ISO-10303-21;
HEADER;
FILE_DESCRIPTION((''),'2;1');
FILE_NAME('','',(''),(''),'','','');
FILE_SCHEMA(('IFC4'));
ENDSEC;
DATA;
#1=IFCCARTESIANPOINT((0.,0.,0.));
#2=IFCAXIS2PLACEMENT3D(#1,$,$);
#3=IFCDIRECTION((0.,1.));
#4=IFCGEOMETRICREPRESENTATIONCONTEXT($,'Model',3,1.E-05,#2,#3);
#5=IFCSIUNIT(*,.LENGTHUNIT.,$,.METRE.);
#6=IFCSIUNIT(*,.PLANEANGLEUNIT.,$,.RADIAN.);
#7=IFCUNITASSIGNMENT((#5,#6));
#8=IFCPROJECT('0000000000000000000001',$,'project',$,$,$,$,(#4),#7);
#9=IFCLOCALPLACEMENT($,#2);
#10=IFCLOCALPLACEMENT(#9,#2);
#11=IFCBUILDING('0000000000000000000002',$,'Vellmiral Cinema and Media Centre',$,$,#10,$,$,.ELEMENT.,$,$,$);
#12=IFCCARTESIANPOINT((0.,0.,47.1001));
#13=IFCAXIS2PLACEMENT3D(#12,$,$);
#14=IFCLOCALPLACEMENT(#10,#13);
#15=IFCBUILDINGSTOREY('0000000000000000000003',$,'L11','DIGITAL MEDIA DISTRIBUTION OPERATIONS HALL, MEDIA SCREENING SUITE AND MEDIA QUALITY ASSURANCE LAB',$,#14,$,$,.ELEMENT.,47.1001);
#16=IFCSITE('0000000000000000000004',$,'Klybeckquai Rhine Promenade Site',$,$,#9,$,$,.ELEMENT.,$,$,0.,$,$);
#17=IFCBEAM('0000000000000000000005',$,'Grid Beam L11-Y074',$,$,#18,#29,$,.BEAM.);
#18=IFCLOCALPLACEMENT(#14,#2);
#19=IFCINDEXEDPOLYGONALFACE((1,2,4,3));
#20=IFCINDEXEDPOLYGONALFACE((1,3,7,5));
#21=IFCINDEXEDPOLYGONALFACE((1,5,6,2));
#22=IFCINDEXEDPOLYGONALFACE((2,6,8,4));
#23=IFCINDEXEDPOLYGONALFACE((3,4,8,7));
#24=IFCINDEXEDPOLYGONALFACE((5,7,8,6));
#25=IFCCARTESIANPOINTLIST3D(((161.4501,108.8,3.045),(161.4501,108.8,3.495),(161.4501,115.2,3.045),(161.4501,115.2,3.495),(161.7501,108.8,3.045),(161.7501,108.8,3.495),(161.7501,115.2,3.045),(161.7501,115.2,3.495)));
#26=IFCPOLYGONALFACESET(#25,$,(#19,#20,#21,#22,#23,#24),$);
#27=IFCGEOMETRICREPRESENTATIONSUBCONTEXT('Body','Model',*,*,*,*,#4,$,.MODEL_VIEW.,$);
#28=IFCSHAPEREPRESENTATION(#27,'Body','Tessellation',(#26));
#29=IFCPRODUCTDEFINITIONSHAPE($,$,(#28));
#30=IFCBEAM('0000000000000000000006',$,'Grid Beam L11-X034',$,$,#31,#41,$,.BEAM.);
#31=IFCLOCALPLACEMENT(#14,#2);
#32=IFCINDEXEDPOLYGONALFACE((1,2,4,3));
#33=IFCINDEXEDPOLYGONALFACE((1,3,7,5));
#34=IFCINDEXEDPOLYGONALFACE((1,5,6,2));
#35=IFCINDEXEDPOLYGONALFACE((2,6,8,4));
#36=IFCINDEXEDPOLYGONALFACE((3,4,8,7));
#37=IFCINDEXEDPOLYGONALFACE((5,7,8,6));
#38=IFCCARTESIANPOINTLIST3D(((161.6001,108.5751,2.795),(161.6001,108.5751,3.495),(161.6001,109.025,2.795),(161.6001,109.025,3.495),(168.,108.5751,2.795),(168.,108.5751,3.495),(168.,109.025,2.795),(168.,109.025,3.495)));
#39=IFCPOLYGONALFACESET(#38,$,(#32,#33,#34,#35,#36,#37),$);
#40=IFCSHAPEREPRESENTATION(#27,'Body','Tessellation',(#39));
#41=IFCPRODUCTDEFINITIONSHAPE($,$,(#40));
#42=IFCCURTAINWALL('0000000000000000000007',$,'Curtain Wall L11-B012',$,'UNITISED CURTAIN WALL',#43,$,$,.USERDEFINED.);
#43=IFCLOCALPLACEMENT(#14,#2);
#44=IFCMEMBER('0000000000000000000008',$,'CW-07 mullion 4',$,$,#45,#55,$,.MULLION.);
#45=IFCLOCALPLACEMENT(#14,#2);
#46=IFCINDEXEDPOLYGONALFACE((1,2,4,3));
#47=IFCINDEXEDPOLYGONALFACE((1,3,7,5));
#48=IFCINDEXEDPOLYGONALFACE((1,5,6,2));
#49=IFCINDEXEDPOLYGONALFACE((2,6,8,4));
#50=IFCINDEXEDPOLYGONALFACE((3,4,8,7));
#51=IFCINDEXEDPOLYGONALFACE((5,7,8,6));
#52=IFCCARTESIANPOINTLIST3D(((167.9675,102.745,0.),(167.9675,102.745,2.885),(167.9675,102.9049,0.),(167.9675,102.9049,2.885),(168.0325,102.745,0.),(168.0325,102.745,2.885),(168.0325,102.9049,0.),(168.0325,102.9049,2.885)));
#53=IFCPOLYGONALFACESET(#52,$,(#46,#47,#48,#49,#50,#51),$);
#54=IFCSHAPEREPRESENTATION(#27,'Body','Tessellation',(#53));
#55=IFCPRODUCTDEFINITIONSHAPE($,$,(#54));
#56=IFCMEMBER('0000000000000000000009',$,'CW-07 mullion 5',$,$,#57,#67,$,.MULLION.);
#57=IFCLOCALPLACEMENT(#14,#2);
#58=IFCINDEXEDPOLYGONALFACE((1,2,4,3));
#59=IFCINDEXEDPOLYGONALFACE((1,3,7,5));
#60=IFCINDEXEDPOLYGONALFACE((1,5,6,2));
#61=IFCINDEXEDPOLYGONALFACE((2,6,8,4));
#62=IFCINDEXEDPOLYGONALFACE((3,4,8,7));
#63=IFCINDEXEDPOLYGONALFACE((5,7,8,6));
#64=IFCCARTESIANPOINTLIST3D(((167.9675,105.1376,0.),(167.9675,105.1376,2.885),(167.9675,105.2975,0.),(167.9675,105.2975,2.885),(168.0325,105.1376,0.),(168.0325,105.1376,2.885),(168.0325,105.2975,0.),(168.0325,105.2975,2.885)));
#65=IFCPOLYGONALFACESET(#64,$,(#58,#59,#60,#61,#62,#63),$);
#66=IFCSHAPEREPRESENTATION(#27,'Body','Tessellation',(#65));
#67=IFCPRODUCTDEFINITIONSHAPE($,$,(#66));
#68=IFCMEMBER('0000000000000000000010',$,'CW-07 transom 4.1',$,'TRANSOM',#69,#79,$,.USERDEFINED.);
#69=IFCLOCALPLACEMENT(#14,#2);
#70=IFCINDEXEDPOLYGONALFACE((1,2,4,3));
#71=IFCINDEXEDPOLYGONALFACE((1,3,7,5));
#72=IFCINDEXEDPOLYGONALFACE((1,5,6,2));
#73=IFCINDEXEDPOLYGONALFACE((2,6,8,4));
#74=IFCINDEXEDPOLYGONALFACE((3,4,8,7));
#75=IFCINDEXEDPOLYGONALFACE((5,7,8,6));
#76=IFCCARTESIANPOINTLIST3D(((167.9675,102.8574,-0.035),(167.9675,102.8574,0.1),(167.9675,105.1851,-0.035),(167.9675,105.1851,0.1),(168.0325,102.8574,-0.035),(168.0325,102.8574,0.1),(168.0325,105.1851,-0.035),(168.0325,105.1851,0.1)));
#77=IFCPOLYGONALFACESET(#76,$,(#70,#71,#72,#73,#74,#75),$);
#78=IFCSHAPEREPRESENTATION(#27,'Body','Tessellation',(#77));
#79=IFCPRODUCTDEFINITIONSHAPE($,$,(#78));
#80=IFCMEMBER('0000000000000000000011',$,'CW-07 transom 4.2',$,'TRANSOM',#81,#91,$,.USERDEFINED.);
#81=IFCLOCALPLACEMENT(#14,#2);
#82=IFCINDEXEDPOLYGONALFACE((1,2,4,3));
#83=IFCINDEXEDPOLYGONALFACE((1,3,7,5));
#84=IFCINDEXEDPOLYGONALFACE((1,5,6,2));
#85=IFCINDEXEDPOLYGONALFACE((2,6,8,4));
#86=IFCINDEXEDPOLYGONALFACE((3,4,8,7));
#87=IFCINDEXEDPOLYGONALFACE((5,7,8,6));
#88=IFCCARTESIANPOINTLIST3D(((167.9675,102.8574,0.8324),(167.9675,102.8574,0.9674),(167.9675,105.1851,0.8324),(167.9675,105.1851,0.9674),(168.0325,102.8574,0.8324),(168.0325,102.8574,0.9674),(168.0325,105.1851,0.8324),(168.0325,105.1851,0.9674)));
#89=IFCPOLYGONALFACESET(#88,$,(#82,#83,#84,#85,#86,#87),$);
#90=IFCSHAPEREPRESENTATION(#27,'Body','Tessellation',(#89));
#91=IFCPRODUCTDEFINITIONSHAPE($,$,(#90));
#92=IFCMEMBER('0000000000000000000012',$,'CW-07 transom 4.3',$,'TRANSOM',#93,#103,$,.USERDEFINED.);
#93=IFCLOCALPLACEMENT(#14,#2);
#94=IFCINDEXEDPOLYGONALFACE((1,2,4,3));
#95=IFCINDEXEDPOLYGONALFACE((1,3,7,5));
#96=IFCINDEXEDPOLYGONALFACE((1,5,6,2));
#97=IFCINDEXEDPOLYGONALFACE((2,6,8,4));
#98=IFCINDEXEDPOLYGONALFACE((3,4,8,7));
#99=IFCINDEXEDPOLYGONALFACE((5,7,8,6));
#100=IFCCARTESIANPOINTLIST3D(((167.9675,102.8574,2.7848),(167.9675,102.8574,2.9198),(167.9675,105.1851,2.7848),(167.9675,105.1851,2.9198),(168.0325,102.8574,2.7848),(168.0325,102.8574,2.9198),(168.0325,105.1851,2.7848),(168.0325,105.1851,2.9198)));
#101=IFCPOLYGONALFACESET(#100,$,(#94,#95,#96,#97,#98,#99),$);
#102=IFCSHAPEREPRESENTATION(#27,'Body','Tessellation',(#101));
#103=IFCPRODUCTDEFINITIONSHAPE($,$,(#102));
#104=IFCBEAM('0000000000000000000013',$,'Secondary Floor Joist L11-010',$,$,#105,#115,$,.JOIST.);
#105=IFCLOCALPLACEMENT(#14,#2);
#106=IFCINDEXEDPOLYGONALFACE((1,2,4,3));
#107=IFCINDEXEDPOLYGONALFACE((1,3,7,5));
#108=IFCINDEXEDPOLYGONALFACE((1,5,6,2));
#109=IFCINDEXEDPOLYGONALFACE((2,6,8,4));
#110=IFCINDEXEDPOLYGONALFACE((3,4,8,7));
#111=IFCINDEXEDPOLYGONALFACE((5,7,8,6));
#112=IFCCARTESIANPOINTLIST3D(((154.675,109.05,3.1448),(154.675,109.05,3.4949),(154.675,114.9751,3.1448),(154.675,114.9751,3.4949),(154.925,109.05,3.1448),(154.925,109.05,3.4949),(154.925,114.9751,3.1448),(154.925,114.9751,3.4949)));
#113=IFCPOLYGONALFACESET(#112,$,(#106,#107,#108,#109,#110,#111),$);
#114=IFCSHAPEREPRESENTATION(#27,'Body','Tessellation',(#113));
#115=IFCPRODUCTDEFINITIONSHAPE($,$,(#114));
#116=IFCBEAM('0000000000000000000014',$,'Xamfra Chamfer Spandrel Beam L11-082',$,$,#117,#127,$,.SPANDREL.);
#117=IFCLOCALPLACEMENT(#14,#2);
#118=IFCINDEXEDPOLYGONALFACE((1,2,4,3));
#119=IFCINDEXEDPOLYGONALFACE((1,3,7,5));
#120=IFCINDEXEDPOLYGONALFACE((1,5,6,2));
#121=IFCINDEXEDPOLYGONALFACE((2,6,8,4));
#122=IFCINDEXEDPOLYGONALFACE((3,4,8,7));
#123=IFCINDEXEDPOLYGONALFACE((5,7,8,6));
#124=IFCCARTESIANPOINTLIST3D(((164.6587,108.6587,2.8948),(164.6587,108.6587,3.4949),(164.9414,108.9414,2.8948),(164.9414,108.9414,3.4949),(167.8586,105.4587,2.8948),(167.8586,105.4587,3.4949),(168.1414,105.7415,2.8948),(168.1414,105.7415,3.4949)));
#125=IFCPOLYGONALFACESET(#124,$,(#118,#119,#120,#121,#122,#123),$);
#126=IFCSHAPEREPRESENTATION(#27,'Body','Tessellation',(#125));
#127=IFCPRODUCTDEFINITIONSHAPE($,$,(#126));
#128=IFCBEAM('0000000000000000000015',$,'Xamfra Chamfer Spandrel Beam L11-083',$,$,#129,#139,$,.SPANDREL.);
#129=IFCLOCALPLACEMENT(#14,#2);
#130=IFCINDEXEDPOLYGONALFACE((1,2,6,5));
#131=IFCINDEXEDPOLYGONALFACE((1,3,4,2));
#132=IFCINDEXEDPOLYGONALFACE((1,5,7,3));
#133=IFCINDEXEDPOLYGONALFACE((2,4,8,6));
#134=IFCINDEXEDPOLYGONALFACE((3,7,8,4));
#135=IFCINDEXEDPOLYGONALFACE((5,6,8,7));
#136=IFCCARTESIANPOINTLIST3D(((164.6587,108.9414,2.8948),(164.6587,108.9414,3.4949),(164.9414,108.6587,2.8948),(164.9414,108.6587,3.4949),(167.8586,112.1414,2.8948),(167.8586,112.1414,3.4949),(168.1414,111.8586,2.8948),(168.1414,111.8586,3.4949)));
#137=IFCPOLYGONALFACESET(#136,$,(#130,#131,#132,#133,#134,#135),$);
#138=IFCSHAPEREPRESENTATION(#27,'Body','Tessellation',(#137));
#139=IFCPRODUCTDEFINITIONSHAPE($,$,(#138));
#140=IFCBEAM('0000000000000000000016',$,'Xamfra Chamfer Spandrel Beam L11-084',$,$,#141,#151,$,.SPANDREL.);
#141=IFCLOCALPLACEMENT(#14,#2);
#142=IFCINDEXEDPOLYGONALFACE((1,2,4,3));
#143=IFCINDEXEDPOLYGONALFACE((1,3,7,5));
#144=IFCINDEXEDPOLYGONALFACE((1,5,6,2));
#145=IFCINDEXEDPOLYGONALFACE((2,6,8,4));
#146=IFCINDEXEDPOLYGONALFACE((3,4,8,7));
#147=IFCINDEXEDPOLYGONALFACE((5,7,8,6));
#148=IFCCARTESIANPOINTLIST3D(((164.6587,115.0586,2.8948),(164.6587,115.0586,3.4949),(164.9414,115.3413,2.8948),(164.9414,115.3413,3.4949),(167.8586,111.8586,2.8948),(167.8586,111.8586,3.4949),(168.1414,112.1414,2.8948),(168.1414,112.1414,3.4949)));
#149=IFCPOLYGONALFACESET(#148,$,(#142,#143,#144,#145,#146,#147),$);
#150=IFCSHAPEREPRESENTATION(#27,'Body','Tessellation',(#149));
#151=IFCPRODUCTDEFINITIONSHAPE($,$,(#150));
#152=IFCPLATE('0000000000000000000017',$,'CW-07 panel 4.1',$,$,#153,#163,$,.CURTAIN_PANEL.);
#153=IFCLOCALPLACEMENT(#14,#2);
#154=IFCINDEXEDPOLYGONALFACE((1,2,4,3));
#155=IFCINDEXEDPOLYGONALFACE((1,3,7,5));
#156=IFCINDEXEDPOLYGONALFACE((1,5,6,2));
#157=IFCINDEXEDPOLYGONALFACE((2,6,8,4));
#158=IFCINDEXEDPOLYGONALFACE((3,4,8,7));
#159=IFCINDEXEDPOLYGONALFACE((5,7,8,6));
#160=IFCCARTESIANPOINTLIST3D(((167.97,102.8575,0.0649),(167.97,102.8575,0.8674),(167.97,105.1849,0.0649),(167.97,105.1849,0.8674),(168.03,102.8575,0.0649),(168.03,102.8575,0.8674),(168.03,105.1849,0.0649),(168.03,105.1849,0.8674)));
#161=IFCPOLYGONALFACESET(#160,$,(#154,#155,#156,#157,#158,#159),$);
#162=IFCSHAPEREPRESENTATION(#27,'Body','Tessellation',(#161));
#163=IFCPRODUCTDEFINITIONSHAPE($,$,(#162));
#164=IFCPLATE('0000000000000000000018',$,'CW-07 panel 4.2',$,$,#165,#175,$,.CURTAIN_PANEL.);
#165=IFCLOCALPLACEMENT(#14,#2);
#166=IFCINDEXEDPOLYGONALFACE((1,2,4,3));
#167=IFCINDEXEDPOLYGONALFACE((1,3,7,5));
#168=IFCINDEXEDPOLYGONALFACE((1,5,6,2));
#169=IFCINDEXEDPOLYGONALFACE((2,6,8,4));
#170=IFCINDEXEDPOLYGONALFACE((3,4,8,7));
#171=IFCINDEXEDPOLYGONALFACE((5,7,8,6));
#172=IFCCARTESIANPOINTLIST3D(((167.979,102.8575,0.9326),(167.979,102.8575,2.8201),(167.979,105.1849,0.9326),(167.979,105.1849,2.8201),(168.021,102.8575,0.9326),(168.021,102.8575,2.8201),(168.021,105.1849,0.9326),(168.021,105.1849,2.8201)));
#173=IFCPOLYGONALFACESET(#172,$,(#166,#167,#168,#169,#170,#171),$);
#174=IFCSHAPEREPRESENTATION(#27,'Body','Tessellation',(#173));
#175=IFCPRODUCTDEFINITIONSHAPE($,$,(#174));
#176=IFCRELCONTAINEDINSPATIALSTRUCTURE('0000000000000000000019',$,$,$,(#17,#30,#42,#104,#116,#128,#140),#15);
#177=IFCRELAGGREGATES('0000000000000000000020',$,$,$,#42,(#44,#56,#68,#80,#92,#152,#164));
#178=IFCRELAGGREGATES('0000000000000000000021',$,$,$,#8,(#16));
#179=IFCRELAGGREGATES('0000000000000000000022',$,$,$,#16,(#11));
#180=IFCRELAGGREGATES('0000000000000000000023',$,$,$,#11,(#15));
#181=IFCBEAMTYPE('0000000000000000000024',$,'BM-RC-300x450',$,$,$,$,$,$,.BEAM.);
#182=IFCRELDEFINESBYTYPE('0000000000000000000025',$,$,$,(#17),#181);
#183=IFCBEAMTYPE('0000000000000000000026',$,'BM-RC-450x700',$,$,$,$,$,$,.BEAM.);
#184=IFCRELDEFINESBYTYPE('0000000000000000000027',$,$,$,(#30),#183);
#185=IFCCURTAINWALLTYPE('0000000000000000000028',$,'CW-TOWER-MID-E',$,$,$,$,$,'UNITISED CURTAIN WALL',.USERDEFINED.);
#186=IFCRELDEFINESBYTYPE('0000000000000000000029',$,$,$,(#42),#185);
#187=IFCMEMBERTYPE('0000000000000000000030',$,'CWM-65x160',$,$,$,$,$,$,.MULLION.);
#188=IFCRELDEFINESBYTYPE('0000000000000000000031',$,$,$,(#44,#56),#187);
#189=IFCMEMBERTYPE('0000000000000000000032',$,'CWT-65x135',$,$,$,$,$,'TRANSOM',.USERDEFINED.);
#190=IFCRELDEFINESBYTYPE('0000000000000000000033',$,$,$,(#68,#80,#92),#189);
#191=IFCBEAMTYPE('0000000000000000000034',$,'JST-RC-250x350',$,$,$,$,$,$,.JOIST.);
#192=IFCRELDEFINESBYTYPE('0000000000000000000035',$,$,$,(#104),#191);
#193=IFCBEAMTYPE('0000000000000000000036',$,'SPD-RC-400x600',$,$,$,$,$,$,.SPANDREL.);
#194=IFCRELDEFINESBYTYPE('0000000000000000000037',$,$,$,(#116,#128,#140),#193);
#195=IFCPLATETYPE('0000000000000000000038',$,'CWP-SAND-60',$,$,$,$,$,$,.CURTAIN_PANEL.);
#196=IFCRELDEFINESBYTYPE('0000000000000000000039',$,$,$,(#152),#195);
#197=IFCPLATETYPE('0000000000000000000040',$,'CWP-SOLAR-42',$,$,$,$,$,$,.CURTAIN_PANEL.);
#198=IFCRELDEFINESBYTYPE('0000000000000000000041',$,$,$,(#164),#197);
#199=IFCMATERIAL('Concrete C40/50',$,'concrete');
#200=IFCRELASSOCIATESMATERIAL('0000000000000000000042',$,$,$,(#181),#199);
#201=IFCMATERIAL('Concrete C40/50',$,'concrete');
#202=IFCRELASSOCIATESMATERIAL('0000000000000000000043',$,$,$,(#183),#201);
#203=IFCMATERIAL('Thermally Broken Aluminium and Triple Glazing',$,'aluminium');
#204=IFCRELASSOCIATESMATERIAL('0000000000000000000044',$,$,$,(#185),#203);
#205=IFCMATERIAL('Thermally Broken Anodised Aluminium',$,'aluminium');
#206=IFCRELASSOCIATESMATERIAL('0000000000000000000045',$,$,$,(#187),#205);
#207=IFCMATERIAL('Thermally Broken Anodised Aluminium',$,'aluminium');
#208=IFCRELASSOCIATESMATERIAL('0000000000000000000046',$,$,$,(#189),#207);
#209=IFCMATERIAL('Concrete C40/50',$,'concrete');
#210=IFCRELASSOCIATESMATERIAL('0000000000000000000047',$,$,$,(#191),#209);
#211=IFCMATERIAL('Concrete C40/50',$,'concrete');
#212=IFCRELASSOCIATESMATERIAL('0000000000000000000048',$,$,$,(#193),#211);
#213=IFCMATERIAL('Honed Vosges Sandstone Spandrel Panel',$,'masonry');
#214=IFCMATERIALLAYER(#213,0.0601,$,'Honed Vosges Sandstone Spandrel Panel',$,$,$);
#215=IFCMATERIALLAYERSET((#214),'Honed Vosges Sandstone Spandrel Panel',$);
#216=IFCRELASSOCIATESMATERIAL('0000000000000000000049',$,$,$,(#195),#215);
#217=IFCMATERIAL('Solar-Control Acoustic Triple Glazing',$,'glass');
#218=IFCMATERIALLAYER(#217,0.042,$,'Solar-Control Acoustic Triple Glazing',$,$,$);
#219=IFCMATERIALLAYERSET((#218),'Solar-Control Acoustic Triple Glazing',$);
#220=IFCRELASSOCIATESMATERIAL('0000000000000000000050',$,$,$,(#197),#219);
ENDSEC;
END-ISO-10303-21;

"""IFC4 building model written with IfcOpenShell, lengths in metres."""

from ifc_helpers import new_model, si_unit, direction, frame, origin, origin_2d, place, context, subcontext, project, spatial, rectangle, extrude, material, layer, layer_set, material_profile, profile_set, type_object, element, aggregate, save


model = new_model("IFC4")

# Units and contexts
model_context = context("Model", 3, precision=1e-05, world=origin(), true_north=direction((0.0, 1.0)))
body_context = subcontext(model_context, "Body", "Model", "MODEL_VIEW")
ifc_project = project(units=[si_unit("LENGTHUNIT", "METRE"), si_unit("PLANEANGLEUNIT", "RADIAN")], contexts=[model_context])

# Site, building, storey
site_placement = place(None, origin())
site = spatial("IfcSite", under=ifc_project, at=site_placement, Name="Klybeckquai Rhine Promenade Site", CompositionType="ELEMENT", RefElevation=0.0)
building_placement = place(site_placement, origin())
building = spatial("IfcBuilding", under=site, at=building_placement, Name="Vellmiral Cinema and Media Centre", CompositionType="ELEMENT")
storey_placement = place(building_placement, frame((0.0, 0.0, 47.1001)))
storey = spatial("IfcBuildingStorey", under=building, at=storey_placement, Name="L11", Description="DIGITAL MEDIA DISTRIBUTION OPERATIONS HALL, MEDIA SCREENING SUITE AND MEDIA QUALITY ASSURANCE LAB", CompositionType="ELEMENT", Elevation=47.1001)

# Beams
ifc_material_1 = material(Name="Concrete C40/50", Category="concrete")
ifc_material_profile_1 = material_profile(ifc_material_1, rectangle(XDim=0.3, YDim=0.45, at=origin_2d()), Name="RC 300x450")
ifc_profile_set_1 = profile_set([ifc_material_profile_1], Name="Concrete C40/50")
beam_type_1 = type_object("IfcBeamType", Name="BM-RC-300x450", PredefinedType="BEAM", material=ifc_profile_set_1)
beam_1_placement = place(storey_placement, frame((161.6001, 108.8, 3.27), z_axis=(0.0, 1.0, 0.0), x_axis=(-1.0, 0.0, 0.0)))
element("IfcBeam", 1, at=beam_1_placement, inside=storey, type_object=beam_type_1, Name="Grid Beam L11-Y074", PredefinedType="BEAM", context=body_context, shape_type="SweptSolid", body=[
    extrude(rectangle(XDim=0.3, YDim=0.45, at=origin_2d()), origin(), (0.0, 0.0, 1.0), 6.3999),
])
ifc_material_2 = material(Name="Concrete C40/50", Category="concrete")
ifc_material_profile_2 = material_profile(ifc_material_2, rectangle(XDim=0.45, YDim=0.7, at=origin_2d()), Name="RC 450x700")
ifc_profile_set_2 = profile_set([ifc_material_profile_2], Name="Concrete C40/50")
beam_type_2 = type_object("IfcBeamType", Name="BM-RC-450x700", PredefinedType="BEAM", material=ifc_profile_set_2)
beam_2_placement = place(storey_placement, frame((161.6001, 108.8, 3.145), z_axis=(1.0, 0.0, 0.0), x_axis=(0.0, 1.0, 0.0)))
element("IfcBeam", 2, at=beam_2_placement, inside=storey, type_object=beam_type_2, Name="Grid Beam L11-X034", PredefinedType="BEAM", context=body_context, shape_type="SweptSolid", body=[
    extrude(rectangle(XDim=0.45, YDim=0.7, at=origin_2d()), origin(), (0.0, 0.0, 1.0), 6.3999),
])

# Curtain wall, members
ifc_material_3 = material(Name="Thermally Broken Aluminium and Triple Glazing", Category="aluminium")
curtain_wall_type = type_object("IfcCurtainWallType", Name="CW-TOWER-MID-E", ElementType="UNITISED CURTAIN WALL", PredefinedType="USERDEFINED", material=ifc_material_3)
curtain_wall_placement = place(storey_placement, origin())
curtain_wall = element("IfcCurtainWall", 3, at=curtain_wall_placement, inside=storey, type_object=curtain_wall_type, Name="Curtain Wall L11-B012", ObjectType="UNITISED CURTAIN WALL", PredefinedType="USERDEFINED")
ifc_material_4 = material(Name="Thermally Broken Anodised Aluminium", Category="aluminium")
ifc_material_profile_3 = material_profile(ifc_material_4, rectangle(XDim=0.0649, YDim=0.1599, at=origin_2d()), Name="MULL 65x160")
ifc_profile_set_3 = profile_set([ifc_material_profile_3], Name="Thermally Broken Anodised Aluminium")
member_type_1 = type_object("IfcMemberType", Name="CWM-65x160", PredefinedType="MULLION", material=ifc_profile_set_3)
member_1_placement = place(storey_placement, frame((168.0, 102.825, 0.0), z_axis=(0.0, 0.0, 1.0), x_axis=(-1.0, 0.0, 0.0)))
member_1 = element("IfcMember", 4, at=member_1_placement, type_object=member_type_1, Name="CW-07 mullion 4", PredefinedType="MULLION", context=body_context, shape_type="SweptSolid", body=[
    extrude(rectangle(XDim=0.0649, YDim=0.1599, at=origin_2d()), origin(), (0.0, 0.0, 1.0), 2.885),
])
member_2_placement = place(storey_placement, frame((168.0, 105.2175, 0.0), z_axis=(0.0, 0.0, 1.0), x_axis=(-1.0, 0.0, 0.0)))
member_2 = element("IfcMember", 5, at=member_2_placement, type_object=member_type_1, Name="CW-07 mullion 5", PredefinedType="MULLION", context=body_context, shape_type="SweptSolid", body=[
    extrude(rectangle(XDim=0.0649, YDim=0.1599, at=origin_2d()), origin(), (0.0, 0.0, 1.0), 2.885),
])
ifc_material_5 = material(Name="Thermally Broken Anodised Aluminium", Category="aluminium")
ifc_material_profile_4 = material_profile(ifc_material_5, rectangle(XDim=0.0649, YDim=0.135, at=origin_2d()), Name="MULL 65x135")
ifc_profile_set_4 = profile_set([ifc_material_profile_4], Name="Thermally Broken Anodised Aluminium")
member_type_2 = type_object("IfcMemberType", Name="CWT-65x135", ElementType="TRANSOM", PredefinedType="USERDEFINED", material=ifc_profile_set_4)
member_3_placement = place(storey_placement, frame((168.0, 102.8574, 0.0325), z_axis=(0.0, 1.0, 0.0), x_axis=(-1.0, 0.0, 0.0)))
member_3 = element("IfcMember", 6, at=member_3_placement, type_object=member_type_2, Name="CW-07 transom 4.1", ObjectType="TRANSOM", PredefinedType="USERDEFINED", context=body_context, shape_type="SweptSolid", body=[
    extrude(rectangle(XDim=0.0649, YDim=0.135, at=origin_2d()), origin(), (0.0, 0.0, 1.0), 2.3276),
])
member_4_placement = place(storey_placement, frame((168.0, 102.8574, 0.8999), z_axis=(0.0, 1.0, 0.0), x_axis=(-1.0, 0.0, 0.0)))
member_4 = element("IfcMember", 7, at=member_4_placement, type_object=member_type_2, Name="CW-07 transom 4.2", ObjectType="TRANSOM", PredefinedType="USERDEFINED", context=body_context, shape_type="SweptSolid", body=[
    extrude(rectangle(XDim=0.0649, YDim=0.135, at=origin_2d()), origin(), (0.0, 0.0, 1.0), 2.3276),
])
member_5_placement = place(storey_placement, frame((168.0, 102.8574, 2.8523), z_axis=(0.0, 1.0, 0.0), x_axis=(-1.0, 0.0, 0.0)))
member_5 = element("IfcMember", 8, at=member_5_placement, type_object=member_type_2, Name="CW-07 transom 4.3", ObjectType="TRANSOM", PredefinedType="USERDEFINED", context=body_context, shape_type="SweptSolid", body=[
    extrude(rectangle(XDim=0.0649, YDim=0.135, at=origin_2d()), origin(), (0.0, 0.0, 1.0), 2.3276),
])

# Beams
ifc_material_6 = material(Name="Concrete C40/50", Category="concrete")
ifc_material_profile_5 = material_profile(ifc_material_6, rectangle(XDim=0.25, YDim=0.3501, at=origin_2d()), Name="RC 250x350")
ifc_profile_set_5 = profile_set([ifc_material_profile_5], Name="Concrete C40/50")
beam_type_3 = type_object("IfcBeamType", Name="JST-RC-250x350", PredefinedType="JOIST", material=ifc_profile_set_5)
beam_3_placement = place(storey_placement, frame((154.8, 109.05, 3.3198), z_axis=(0.0, 1.0, 0.0), x_axis=(-1.0, 0.0, 0.0)))
element("IfcBeam", 9, at=beam_3_placement, inside=storey, type_object=beam_type_3, Name="Secondary Floor Joist L11-010", PredefinedType="JOIST", context=body_context, shape_type="SweptSolid", body=[
    extrude(rectangle(XDim=0.25, YDim=0.3501, at=origin_2d()), origin(), (0.0, 0.0, 1.0), 5.925),
])
ifc_material_7 = material(Name="Concrete C40/50", Category="concrete")
ifc_material_profile_6 = material_profile(ifc_material_7, rectangle(XDim=0.3999, YDim=0.6001, at=origin_2d()), Name="RC 400x600")
ifc_profile_set_6 = profile_set([ifc_material_profile_6], Name="Concrete C40/50")
beam_type_4 = type_object("IfcBeamType", Name="SPD-RC-400x600", PredefinedType="SPANDREL", material=ifc_profile_set_6)
for number, where, z_axis, x_axis, name in (
    (10, (164.8, 108.8, 3.1948), (0.707107, -0.707107, 0.0), (0.707107, 0.707107, 0.0), "Xamfra Chamfer Spandrel Beam L11-082"),
    (11, (164.8, 108.8, 3.1948), (0.707107, 0.707107, 0.0), (-0.707107, 0.707107, 0.0), "Xamfra Chamfer Spandrel Beam L11-083"),
    (12, (164.8, 115.2, 3.1948), (0.707107, -0.707107, 0.0), (0.707107, 0.707107, 0.0), "Xamfra Chamfer Spandrel Beam L11-084"),
):
    element("IfcBeam", number, at=place(storey_placement, frame(where, z_axis=z_axis, x_axis=x_axis)), inside=storey, type_object=beam_type_4, Name=name, PredefinedType="SPANDREL", context=body_context, shape_type="SweptSolid", body=[
        extrude(rectangle(XDim=0.3999, YDim=0.6001, at=origin_2d()), origin(), (0.0, 0.0, 1.0), 4.5254),
    ])

# Plates
ifc_material_8 = material(Name="Honed Vosges Sandstone Spandrel Panel", Category="masonry")
ifc_layer_1 = layer(ifc_material_8, 0.0601, Name="Honed Vosges Sandstone Spandrel Panel")
ifc_layer_set_1 = layer_set([ifc_layer_1], Name="Honed Vosges Sandstone Spandrel Panel")
plate_type_1 = type_object("IfcPlateType", Name="CWP-SAND-60", PredefinedType="CURTAIN_PANEL", material=ifc_layer_set_1)
plate_1_placement = place(storey_placement, frame((168.0, 104.0212, 0.0649), z_axis=(0.0, 0.0, 1.0), x_axis=(0.0, 1.0, 0.0)))
plate_1 = element("IfcPlate", 13, at=plate_1_placement, type_object=plate_type_1, Name="CW-07 panel 4.1", PredefinedType="CURTAIN_PANEL", context=body_context, shape_type="SweptSolid", body=[
    extrude(rectangle(XDim=2.3274, YDim=0.0601, at=origin_2d()), origin(), (0.0, 0.0, 1.0), 0.8025),
])
ifc_material_9 = material(Name="Solar-Control Acoustic Triple Glazing", Category="glass")
ifc_layer_2 = layer(ifc_material_9, 0.042, Name="Solar-Control Acoustic Triple Glazing")
ifc_layer_set_2 = layer_set([ifc_layer_2], Name="Solar-Control Acoustic Triple Glazing")
plate_type_2 = type_object("IfcPlateType", Name="CWP-SOLAR-42", PredefinedType="CURTAIN_PANEL", material=ifc_layer_set_2)
plate_2_placement = place(storey_placement, frame((168.0, 104.0212, 0.9326), z_axis=(0.0, 0.0, 1.0), x_axis=(0.0, 1.0, 0.0)))
plate_2 = element("IfcPlate", 14, at=plate_2_placement, type_object=plate_type_2, Name="CW-07 panel 4.2", PredefinedType="CURTAIN_PANEL", context=body_context, shape_type="SweptSolid", body=[
    extrude(rectangle(XDim=2.3274, YDim=0.042, at=origin_2d()), origin(), (0.0, 0.0, 1.0), 1.8875),
])
aggregate(curtain_wall, [member_1, member_2, member_3, member_4, member_5, plate_1, plate_2])

save(model, "model.ifc")
